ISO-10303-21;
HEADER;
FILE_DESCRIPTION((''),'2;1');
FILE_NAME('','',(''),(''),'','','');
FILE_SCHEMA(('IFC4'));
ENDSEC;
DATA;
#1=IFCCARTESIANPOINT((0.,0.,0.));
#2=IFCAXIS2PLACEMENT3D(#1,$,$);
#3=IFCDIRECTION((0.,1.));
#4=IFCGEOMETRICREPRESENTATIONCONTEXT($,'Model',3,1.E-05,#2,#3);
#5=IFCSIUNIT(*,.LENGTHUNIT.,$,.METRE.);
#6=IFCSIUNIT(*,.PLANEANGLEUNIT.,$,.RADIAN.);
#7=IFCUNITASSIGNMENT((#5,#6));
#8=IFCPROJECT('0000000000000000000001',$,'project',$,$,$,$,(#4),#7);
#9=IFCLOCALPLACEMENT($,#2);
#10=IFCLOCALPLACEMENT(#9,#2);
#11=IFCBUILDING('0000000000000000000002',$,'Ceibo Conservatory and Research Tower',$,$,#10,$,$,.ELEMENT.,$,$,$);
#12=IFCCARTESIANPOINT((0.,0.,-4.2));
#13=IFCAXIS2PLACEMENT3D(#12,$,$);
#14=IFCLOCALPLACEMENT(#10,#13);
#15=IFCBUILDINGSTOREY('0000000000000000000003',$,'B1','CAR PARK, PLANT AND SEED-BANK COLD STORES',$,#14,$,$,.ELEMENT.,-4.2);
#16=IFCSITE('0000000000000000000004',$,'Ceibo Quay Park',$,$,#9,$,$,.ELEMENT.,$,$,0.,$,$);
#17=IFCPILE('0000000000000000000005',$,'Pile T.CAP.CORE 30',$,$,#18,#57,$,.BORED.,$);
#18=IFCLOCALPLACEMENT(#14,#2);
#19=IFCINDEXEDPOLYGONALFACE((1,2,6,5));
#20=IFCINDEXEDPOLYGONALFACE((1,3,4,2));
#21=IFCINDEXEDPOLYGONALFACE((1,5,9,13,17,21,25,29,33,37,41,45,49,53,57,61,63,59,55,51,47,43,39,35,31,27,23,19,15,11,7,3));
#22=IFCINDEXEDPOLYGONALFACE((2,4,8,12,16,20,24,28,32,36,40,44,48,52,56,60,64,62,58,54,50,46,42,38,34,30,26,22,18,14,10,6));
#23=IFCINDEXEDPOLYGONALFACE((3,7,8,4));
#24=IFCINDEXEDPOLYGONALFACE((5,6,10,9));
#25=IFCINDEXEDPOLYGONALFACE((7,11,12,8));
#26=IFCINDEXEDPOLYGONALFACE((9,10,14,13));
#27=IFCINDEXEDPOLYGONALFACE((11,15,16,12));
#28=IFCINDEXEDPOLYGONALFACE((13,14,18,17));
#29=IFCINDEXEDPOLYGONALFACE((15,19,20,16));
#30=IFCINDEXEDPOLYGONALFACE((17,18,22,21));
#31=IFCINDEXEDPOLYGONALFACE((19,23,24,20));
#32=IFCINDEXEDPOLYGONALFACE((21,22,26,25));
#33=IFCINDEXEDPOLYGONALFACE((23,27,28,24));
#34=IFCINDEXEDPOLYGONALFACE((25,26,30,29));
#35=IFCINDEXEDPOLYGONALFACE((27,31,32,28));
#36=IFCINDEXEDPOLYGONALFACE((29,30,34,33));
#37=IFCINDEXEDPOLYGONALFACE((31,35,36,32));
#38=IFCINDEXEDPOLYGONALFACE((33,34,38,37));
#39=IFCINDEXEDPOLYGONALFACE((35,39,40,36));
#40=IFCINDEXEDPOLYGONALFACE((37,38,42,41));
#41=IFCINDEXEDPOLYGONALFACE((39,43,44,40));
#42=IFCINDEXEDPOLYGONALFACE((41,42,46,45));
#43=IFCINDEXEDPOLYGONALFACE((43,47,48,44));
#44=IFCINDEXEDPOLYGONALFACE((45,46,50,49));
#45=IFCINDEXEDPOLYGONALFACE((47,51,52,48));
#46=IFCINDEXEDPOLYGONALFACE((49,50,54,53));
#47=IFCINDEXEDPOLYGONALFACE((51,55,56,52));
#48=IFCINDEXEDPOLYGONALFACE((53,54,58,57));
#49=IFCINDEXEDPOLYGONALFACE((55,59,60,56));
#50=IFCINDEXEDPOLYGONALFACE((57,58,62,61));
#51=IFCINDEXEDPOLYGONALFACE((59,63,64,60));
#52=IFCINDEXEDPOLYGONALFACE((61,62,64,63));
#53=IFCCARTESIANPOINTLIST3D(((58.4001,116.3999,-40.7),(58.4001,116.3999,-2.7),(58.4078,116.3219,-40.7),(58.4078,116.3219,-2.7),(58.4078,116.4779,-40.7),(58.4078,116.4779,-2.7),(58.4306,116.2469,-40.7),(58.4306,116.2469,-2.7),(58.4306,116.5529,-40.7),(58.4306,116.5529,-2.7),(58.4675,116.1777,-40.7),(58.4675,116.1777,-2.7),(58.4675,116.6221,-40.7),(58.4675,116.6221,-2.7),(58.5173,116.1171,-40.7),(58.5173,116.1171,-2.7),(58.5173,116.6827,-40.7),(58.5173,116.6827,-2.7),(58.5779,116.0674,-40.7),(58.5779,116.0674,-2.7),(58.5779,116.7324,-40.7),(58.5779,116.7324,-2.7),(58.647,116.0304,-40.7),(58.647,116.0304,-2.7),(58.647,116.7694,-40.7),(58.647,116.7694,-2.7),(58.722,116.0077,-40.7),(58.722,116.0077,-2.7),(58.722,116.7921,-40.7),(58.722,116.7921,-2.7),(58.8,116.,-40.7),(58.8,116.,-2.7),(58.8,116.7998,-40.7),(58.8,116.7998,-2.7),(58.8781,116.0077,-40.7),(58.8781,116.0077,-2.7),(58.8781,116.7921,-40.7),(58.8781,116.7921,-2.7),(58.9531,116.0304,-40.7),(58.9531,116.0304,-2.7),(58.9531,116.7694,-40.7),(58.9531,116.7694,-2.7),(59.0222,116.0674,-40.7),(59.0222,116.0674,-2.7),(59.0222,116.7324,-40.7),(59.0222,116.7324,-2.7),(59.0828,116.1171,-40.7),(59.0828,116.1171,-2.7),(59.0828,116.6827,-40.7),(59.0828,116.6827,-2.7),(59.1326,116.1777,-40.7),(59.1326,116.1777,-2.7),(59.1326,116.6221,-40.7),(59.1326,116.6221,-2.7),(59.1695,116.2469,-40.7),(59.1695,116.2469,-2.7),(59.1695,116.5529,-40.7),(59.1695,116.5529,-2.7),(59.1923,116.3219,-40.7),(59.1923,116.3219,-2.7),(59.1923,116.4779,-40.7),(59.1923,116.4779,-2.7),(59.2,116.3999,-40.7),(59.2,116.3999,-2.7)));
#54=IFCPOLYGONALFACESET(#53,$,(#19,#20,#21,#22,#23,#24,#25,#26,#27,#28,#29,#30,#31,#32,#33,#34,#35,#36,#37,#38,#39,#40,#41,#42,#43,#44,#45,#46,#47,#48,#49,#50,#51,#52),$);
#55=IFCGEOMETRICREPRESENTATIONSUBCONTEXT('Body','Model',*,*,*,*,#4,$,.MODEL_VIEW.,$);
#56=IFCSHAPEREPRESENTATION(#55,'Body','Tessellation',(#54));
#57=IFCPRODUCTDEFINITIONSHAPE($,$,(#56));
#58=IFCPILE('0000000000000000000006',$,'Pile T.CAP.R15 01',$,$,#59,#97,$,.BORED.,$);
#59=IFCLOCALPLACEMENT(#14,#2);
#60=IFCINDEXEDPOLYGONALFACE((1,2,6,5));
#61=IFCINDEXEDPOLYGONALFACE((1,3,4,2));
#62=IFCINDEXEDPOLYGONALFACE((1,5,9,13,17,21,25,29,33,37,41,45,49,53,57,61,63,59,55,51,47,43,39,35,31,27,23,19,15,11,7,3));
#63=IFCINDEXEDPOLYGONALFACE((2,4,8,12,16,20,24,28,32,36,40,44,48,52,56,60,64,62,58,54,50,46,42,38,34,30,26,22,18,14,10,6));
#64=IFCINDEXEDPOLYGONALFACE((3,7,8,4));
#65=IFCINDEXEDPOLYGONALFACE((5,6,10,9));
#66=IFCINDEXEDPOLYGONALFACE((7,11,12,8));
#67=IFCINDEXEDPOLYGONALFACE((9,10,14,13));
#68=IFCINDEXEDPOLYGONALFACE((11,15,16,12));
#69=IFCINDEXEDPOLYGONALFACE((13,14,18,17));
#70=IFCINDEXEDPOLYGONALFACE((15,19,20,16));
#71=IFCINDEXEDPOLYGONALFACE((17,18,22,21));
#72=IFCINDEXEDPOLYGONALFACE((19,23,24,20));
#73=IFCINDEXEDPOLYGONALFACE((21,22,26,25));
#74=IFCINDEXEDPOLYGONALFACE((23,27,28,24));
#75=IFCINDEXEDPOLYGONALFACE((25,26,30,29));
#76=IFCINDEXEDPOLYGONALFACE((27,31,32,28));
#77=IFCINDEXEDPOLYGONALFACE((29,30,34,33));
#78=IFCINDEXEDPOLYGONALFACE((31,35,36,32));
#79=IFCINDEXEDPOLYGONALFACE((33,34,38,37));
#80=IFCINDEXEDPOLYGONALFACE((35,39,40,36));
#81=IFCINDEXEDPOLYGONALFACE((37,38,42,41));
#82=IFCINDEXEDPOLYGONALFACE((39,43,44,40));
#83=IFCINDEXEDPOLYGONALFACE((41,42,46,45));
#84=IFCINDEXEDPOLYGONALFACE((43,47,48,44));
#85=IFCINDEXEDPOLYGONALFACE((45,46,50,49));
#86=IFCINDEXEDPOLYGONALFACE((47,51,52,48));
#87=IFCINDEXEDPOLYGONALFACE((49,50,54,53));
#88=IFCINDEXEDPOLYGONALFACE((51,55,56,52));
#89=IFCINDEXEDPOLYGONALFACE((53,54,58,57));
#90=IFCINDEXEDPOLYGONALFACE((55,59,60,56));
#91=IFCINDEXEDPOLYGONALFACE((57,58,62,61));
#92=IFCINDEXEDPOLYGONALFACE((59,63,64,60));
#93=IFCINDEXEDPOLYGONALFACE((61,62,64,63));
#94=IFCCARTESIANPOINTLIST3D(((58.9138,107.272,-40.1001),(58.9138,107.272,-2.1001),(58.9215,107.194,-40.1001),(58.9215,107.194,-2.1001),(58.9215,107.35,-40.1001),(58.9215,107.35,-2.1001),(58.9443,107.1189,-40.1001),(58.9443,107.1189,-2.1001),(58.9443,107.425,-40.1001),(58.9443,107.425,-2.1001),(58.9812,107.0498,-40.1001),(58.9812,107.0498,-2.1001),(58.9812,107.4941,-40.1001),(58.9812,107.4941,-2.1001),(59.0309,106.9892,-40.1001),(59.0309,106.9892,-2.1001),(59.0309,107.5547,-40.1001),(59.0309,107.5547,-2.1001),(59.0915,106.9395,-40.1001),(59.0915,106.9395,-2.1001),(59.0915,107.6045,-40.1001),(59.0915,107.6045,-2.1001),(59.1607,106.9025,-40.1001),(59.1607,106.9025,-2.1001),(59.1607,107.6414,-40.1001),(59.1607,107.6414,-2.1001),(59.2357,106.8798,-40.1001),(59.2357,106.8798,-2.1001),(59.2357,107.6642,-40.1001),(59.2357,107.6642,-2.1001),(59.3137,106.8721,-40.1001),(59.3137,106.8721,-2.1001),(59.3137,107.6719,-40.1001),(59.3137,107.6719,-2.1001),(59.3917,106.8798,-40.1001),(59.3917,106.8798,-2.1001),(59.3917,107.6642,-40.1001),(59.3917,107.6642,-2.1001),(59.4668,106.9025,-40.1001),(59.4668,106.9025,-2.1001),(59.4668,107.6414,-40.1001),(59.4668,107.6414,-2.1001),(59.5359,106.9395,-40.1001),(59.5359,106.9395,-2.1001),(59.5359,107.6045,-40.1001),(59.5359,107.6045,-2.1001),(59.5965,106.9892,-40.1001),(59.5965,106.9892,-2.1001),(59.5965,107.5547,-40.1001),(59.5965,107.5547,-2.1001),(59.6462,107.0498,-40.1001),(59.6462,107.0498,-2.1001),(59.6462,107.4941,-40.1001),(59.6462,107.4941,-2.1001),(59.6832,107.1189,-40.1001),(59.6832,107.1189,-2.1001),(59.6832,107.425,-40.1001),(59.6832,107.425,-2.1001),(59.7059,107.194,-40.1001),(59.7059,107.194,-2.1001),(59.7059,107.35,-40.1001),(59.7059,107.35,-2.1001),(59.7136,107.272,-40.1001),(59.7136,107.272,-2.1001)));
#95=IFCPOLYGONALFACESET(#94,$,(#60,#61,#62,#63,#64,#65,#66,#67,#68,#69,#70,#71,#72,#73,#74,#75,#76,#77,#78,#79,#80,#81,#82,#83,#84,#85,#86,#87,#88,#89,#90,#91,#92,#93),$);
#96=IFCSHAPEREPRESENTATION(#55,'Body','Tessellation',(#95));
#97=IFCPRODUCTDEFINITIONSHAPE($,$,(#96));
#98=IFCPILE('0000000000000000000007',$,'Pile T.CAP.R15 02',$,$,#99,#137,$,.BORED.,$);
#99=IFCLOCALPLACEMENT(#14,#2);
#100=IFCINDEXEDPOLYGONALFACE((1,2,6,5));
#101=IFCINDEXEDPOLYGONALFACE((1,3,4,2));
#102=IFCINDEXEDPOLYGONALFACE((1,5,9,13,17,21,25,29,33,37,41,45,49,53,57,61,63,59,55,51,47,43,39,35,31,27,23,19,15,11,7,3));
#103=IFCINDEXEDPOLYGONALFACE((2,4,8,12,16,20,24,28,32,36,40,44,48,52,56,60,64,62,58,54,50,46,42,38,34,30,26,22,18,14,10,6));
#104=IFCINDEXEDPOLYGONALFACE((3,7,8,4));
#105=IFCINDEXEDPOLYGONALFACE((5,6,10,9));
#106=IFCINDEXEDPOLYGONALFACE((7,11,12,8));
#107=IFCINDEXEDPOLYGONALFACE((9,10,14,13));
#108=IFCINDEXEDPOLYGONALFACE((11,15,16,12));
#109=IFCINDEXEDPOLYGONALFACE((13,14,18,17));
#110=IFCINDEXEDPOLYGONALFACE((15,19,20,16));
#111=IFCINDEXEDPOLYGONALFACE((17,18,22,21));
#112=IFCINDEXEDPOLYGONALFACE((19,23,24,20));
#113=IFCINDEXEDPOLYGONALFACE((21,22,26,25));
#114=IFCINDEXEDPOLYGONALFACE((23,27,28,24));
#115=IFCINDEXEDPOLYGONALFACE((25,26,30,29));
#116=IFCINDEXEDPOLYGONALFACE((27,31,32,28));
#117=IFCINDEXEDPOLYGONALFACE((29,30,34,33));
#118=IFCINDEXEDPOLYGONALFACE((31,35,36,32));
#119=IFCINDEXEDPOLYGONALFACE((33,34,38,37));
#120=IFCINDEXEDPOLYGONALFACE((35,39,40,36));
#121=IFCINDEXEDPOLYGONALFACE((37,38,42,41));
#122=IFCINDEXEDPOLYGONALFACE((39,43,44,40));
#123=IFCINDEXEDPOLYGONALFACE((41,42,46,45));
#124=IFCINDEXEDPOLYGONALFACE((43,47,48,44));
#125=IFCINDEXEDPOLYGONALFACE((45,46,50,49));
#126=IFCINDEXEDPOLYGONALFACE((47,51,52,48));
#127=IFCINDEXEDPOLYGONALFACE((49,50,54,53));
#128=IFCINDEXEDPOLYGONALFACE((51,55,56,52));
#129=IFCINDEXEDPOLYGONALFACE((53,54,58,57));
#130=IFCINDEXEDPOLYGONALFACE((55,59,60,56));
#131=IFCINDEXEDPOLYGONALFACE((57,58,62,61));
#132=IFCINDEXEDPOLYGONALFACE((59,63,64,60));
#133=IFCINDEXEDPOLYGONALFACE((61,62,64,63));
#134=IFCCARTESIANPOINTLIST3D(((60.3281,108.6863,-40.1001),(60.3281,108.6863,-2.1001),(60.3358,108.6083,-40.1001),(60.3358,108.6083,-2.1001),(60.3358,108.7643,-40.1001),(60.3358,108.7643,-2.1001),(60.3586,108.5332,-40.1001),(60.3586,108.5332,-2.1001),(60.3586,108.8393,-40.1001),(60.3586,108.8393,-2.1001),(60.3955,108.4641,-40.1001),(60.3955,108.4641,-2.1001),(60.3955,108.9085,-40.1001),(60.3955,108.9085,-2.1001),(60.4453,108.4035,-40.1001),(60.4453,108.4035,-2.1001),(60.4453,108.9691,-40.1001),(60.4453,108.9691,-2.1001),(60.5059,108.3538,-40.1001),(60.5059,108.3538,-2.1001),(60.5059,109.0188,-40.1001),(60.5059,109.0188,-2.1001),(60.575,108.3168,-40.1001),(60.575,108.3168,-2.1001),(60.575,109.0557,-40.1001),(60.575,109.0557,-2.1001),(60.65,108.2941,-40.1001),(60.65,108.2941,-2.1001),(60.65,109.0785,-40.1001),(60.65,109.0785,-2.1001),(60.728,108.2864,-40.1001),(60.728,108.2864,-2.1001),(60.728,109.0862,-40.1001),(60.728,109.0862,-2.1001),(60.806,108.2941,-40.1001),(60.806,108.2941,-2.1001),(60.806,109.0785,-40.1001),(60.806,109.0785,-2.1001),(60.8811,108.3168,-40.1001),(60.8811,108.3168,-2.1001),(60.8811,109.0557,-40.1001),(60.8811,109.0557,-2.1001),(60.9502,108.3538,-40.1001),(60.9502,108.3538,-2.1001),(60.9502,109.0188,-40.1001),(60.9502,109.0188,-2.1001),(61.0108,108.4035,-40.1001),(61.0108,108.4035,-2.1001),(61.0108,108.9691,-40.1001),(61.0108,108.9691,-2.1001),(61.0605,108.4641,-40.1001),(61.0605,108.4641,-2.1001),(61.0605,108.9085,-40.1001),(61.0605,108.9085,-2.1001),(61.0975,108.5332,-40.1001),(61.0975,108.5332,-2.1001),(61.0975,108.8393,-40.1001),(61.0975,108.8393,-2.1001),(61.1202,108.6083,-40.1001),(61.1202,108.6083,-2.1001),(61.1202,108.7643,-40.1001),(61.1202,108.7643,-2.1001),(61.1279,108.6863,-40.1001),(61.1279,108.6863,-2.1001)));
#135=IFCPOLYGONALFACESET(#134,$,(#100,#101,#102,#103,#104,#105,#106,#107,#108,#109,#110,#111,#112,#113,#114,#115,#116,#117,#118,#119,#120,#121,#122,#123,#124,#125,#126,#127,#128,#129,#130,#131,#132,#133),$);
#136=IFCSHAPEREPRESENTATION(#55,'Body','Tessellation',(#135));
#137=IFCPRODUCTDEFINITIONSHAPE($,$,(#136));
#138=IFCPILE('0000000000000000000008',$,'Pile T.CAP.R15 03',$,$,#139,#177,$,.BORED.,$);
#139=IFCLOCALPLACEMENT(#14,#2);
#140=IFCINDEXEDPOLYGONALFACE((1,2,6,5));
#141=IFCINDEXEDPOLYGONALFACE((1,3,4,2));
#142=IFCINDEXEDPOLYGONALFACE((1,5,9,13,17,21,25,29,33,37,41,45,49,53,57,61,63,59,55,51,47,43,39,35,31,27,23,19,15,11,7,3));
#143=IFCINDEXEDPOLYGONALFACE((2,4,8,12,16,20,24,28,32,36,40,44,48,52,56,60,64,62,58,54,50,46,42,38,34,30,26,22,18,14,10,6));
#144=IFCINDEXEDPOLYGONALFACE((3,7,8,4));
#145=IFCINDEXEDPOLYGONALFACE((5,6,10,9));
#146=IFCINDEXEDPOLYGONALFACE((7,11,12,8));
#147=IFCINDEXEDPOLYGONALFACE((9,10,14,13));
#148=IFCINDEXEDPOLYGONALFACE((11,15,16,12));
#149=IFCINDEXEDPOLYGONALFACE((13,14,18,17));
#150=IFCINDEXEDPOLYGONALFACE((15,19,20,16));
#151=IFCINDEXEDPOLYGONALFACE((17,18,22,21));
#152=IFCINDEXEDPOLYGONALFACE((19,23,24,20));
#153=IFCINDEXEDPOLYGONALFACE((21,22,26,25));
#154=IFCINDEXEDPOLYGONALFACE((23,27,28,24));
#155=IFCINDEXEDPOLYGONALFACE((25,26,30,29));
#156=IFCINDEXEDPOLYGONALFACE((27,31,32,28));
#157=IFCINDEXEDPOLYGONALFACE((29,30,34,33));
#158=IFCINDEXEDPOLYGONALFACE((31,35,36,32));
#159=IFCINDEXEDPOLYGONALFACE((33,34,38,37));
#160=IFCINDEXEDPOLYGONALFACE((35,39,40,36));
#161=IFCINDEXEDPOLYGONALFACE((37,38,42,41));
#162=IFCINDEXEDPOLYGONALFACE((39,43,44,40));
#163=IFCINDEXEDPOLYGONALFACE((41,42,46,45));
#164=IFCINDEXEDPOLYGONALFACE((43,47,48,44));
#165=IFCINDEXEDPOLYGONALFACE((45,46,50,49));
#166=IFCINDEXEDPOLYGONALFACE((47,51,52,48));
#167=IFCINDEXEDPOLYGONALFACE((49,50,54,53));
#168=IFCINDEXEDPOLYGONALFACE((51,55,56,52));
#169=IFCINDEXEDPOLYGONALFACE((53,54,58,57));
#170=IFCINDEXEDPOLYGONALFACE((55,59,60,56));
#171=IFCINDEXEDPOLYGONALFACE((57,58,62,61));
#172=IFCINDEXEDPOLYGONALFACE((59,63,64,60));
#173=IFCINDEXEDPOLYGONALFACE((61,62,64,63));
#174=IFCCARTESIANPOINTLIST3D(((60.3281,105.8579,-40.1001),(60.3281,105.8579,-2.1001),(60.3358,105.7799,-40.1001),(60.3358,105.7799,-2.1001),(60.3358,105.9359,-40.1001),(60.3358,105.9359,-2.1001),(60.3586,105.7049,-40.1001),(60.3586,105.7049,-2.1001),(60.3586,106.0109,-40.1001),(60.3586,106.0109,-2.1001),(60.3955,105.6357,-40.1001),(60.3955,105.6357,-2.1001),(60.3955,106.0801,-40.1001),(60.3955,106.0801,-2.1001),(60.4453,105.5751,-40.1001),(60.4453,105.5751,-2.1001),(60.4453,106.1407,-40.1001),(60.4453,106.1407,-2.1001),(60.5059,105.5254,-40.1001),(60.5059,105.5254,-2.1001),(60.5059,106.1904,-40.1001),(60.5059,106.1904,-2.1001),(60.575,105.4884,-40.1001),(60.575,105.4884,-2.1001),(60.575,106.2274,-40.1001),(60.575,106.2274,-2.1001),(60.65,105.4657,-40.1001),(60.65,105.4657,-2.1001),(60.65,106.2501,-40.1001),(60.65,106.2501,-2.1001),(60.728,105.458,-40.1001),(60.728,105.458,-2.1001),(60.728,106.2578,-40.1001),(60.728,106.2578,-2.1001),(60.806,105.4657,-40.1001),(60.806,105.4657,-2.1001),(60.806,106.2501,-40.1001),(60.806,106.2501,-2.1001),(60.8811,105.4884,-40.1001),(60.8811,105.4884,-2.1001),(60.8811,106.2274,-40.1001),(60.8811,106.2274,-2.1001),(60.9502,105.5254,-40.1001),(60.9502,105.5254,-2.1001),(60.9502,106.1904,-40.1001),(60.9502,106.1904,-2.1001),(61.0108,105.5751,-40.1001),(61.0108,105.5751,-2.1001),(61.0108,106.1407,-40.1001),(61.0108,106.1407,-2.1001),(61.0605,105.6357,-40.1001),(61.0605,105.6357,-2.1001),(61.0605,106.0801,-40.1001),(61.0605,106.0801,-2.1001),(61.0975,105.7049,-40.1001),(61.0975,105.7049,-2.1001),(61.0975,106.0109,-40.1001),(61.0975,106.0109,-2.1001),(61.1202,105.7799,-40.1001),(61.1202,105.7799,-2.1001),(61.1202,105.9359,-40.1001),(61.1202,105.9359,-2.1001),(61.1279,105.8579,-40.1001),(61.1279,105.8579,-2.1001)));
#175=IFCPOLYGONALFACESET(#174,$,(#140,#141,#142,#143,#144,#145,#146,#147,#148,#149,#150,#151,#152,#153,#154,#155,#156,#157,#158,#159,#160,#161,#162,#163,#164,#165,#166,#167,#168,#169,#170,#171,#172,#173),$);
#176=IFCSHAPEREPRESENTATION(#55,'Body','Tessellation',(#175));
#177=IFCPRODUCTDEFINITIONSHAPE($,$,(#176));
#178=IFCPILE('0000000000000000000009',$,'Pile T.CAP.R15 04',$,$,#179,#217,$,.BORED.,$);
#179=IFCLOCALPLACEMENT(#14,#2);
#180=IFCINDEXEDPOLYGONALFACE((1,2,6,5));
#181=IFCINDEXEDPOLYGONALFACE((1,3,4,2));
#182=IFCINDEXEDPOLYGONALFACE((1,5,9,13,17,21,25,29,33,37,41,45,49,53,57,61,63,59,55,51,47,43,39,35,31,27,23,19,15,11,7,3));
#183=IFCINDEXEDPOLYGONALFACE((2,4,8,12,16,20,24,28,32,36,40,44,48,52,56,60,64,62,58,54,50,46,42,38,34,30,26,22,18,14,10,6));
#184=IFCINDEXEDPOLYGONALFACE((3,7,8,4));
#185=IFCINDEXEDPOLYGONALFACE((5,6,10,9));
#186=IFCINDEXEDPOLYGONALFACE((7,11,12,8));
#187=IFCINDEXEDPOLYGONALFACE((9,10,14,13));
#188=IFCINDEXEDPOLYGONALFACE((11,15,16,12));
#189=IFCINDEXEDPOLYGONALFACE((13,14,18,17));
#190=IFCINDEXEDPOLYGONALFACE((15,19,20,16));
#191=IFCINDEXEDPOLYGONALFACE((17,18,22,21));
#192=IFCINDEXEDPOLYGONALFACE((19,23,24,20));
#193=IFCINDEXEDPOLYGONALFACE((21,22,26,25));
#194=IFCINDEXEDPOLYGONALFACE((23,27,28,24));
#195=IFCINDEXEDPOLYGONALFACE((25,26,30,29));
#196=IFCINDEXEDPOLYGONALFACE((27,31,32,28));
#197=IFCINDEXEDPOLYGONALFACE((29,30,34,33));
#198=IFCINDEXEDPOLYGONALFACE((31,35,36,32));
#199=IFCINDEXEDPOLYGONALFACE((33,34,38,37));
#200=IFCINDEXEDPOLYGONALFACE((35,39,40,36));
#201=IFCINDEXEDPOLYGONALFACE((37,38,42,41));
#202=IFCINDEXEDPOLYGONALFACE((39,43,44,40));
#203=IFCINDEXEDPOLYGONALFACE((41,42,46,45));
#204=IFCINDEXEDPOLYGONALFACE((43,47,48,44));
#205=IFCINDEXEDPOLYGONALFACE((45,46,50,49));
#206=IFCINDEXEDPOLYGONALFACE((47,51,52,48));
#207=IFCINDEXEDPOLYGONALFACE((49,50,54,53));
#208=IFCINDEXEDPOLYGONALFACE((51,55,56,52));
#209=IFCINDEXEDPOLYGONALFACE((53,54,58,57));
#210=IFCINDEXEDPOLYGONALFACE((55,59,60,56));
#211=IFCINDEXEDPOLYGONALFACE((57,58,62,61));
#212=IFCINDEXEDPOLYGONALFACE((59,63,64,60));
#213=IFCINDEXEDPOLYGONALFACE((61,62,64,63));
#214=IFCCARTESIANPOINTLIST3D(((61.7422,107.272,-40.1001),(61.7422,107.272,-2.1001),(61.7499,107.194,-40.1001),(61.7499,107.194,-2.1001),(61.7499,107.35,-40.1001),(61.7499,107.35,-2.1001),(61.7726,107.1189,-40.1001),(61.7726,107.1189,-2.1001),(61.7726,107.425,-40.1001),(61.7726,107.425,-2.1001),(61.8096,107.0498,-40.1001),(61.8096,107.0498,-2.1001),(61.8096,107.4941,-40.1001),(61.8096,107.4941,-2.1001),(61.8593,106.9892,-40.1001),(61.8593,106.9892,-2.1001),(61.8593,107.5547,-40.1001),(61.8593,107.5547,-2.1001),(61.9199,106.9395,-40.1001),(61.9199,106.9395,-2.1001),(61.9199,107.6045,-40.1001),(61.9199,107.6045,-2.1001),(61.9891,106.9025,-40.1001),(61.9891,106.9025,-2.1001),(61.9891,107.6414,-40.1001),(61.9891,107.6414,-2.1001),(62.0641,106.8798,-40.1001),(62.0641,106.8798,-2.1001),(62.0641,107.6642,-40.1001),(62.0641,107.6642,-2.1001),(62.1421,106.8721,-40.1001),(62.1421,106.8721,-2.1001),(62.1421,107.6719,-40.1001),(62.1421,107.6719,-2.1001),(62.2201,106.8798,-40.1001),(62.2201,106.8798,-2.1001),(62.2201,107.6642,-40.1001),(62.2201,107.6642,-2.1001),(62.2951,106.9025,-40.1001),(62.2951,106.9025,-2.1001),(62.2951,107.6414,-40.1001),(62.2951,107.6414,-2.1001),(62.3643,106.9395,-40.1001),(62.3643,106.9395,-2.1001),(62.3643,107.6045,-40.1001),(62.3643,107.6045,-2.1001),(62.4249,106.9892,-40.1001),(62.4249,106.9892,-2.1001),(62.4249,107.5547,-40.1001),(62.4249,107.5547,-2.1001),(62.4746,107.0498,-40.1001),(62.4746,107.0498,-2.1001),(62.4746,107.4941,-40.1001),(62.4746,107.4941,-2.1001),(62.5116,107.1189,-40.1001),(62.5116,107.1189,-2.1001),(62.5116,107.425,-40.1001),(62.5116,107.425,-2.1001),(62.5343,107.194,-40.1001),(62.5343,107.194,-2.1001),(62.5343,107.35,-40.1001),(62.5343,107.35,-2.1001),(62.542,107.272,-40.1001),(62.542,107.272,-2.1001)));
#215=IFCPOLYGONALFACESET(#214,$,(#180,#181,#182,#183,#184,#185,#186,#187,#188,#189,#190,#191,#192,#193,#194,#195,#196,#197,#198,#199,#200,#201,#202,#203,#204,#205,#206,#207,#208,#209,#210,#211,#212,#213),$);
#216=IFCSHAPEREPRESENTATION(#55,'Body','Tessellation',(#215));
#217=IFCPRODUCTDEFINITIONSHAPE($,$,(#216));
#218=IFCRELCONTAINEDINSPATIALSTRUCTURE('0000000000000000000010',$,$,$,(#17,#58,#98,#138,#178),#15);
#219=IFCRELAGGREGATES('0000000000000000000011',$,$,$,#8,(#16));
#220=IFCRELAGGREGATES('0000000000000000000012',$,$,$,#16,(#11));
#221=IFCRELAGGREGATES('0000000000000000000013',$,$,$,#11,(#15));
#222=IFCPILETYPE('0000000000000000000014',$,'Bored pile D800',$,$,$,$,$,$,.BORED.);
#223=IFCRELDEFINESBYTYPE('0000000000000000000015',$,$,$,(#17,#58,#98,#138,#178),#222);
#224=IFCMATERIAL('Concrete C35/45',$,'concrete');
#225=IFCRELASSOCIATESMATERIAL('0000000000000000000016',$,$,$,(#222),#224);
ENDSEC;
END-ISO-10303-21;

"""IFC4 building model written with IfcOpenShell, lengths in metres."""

from ifc_helpers import new_model, si_unit, direction, frame, origin, origin_2d, place, context, subcontext, project, spatial, circle, extrude, material, material_profile, profile_set, type_object, element, save


model = new_model("IFC4")

# Units and contexts
model_context = context("Model", 3, precision=1e-05, world=origin(), true_north=direction((0.0, 1.0)))
body_context = subcontext(model_context, "Body", "Model", "MODEL_VIEW")
ifc_project = project(units=[si_unit("LENGTHUNIT", "METRE"), si_unit("PLANEANGLEUNIT", "RADIAN")], contexts=[model_context])

# Site, building, storey
site_placement = place(None, origin())
site = spatial("IfcSite", under=ifc_project, at=site_placement, Name="Ceibo Quay Park", CompositionType="ELEMENT", RefElevation=0.0)
building_placement = place(site_placement, origin())
building = spatial("IfcBuilding", under=site, at=building_placement, Name="Ceibo Conservatory and Research Tower", CompositionType="ELEMENT")
storey_placement = place(building_placement, frame((0.0, 0.0, -4.2)))
storey = spatial("IfcBuildingStorey", under=building, at=storey_placement, Name="B1", Description="CAR PARK, PLANT AND SEED-BANK COLD STORES", CompositionType="ELEMENT", Elevation=-4.2)

# Piles
ifc_material_1 = material(Name="Concrete C35/45", Category="concrete")
ifc_material_profile_1 = material_profile(ifc_material_1, circle(Radius=0.3999, at=origin_2d()), Name="RC D800")
ifc_profile_set_1 = profile_set([ifc_material_profile_1], Name="Concrete C35/45")
pile_type = type_object("IfcPileType", Name="Bored pile D800", PredefinedType="BORED", material=ifc_profile_set_1)
for number, where, z_axis, x_axis, name in (
    (1, (58.8, 116.3999, -2.7), (0.0, 0.0, -1.0), (1.0, 0.0, 0.0), "Pile T.CAP.CORE 30"),
    (2, (59.3137, 107.272, -2.1001), (0.0, 0.0, -1.0), (1.0, 0.0, 0.0), "Pile T.CAP.R15 01"),
    (3, (60.728, 108.6863, -2.1001), (0.0, 0.0, -1.0), (1.0, 0.0, 0.0), "Pile T.CAP.R15 02"),
    (4, (60.728, 105.8579, -2.1001), (0.0, 0.0, -1.0), (1.0, 0.0, 0.0), "Pile T.CAP.R15 03"),
    (5, (62.1421, 107.272, -2.1001), (0.0, 0.0, -1.0), (1.0, 0.0, 0.0), "Pile T.CAP.R15 04"),
):
    element("IfcPile", number, at=place(storey_placement, frame(where, z_axis=z_axis, x_axis=x_axis)), inside=storey, type_object=pile_type, Name=name, PredefinedType="BORED", context=body_context, shape_type="SweptSolid", body=[
        extrude(circle(Radius=0.3999, at=origin_2d()), origin(), (0.0, 0.0, 1.0), 38.0),
    ])

save(model, "model.ifc")
